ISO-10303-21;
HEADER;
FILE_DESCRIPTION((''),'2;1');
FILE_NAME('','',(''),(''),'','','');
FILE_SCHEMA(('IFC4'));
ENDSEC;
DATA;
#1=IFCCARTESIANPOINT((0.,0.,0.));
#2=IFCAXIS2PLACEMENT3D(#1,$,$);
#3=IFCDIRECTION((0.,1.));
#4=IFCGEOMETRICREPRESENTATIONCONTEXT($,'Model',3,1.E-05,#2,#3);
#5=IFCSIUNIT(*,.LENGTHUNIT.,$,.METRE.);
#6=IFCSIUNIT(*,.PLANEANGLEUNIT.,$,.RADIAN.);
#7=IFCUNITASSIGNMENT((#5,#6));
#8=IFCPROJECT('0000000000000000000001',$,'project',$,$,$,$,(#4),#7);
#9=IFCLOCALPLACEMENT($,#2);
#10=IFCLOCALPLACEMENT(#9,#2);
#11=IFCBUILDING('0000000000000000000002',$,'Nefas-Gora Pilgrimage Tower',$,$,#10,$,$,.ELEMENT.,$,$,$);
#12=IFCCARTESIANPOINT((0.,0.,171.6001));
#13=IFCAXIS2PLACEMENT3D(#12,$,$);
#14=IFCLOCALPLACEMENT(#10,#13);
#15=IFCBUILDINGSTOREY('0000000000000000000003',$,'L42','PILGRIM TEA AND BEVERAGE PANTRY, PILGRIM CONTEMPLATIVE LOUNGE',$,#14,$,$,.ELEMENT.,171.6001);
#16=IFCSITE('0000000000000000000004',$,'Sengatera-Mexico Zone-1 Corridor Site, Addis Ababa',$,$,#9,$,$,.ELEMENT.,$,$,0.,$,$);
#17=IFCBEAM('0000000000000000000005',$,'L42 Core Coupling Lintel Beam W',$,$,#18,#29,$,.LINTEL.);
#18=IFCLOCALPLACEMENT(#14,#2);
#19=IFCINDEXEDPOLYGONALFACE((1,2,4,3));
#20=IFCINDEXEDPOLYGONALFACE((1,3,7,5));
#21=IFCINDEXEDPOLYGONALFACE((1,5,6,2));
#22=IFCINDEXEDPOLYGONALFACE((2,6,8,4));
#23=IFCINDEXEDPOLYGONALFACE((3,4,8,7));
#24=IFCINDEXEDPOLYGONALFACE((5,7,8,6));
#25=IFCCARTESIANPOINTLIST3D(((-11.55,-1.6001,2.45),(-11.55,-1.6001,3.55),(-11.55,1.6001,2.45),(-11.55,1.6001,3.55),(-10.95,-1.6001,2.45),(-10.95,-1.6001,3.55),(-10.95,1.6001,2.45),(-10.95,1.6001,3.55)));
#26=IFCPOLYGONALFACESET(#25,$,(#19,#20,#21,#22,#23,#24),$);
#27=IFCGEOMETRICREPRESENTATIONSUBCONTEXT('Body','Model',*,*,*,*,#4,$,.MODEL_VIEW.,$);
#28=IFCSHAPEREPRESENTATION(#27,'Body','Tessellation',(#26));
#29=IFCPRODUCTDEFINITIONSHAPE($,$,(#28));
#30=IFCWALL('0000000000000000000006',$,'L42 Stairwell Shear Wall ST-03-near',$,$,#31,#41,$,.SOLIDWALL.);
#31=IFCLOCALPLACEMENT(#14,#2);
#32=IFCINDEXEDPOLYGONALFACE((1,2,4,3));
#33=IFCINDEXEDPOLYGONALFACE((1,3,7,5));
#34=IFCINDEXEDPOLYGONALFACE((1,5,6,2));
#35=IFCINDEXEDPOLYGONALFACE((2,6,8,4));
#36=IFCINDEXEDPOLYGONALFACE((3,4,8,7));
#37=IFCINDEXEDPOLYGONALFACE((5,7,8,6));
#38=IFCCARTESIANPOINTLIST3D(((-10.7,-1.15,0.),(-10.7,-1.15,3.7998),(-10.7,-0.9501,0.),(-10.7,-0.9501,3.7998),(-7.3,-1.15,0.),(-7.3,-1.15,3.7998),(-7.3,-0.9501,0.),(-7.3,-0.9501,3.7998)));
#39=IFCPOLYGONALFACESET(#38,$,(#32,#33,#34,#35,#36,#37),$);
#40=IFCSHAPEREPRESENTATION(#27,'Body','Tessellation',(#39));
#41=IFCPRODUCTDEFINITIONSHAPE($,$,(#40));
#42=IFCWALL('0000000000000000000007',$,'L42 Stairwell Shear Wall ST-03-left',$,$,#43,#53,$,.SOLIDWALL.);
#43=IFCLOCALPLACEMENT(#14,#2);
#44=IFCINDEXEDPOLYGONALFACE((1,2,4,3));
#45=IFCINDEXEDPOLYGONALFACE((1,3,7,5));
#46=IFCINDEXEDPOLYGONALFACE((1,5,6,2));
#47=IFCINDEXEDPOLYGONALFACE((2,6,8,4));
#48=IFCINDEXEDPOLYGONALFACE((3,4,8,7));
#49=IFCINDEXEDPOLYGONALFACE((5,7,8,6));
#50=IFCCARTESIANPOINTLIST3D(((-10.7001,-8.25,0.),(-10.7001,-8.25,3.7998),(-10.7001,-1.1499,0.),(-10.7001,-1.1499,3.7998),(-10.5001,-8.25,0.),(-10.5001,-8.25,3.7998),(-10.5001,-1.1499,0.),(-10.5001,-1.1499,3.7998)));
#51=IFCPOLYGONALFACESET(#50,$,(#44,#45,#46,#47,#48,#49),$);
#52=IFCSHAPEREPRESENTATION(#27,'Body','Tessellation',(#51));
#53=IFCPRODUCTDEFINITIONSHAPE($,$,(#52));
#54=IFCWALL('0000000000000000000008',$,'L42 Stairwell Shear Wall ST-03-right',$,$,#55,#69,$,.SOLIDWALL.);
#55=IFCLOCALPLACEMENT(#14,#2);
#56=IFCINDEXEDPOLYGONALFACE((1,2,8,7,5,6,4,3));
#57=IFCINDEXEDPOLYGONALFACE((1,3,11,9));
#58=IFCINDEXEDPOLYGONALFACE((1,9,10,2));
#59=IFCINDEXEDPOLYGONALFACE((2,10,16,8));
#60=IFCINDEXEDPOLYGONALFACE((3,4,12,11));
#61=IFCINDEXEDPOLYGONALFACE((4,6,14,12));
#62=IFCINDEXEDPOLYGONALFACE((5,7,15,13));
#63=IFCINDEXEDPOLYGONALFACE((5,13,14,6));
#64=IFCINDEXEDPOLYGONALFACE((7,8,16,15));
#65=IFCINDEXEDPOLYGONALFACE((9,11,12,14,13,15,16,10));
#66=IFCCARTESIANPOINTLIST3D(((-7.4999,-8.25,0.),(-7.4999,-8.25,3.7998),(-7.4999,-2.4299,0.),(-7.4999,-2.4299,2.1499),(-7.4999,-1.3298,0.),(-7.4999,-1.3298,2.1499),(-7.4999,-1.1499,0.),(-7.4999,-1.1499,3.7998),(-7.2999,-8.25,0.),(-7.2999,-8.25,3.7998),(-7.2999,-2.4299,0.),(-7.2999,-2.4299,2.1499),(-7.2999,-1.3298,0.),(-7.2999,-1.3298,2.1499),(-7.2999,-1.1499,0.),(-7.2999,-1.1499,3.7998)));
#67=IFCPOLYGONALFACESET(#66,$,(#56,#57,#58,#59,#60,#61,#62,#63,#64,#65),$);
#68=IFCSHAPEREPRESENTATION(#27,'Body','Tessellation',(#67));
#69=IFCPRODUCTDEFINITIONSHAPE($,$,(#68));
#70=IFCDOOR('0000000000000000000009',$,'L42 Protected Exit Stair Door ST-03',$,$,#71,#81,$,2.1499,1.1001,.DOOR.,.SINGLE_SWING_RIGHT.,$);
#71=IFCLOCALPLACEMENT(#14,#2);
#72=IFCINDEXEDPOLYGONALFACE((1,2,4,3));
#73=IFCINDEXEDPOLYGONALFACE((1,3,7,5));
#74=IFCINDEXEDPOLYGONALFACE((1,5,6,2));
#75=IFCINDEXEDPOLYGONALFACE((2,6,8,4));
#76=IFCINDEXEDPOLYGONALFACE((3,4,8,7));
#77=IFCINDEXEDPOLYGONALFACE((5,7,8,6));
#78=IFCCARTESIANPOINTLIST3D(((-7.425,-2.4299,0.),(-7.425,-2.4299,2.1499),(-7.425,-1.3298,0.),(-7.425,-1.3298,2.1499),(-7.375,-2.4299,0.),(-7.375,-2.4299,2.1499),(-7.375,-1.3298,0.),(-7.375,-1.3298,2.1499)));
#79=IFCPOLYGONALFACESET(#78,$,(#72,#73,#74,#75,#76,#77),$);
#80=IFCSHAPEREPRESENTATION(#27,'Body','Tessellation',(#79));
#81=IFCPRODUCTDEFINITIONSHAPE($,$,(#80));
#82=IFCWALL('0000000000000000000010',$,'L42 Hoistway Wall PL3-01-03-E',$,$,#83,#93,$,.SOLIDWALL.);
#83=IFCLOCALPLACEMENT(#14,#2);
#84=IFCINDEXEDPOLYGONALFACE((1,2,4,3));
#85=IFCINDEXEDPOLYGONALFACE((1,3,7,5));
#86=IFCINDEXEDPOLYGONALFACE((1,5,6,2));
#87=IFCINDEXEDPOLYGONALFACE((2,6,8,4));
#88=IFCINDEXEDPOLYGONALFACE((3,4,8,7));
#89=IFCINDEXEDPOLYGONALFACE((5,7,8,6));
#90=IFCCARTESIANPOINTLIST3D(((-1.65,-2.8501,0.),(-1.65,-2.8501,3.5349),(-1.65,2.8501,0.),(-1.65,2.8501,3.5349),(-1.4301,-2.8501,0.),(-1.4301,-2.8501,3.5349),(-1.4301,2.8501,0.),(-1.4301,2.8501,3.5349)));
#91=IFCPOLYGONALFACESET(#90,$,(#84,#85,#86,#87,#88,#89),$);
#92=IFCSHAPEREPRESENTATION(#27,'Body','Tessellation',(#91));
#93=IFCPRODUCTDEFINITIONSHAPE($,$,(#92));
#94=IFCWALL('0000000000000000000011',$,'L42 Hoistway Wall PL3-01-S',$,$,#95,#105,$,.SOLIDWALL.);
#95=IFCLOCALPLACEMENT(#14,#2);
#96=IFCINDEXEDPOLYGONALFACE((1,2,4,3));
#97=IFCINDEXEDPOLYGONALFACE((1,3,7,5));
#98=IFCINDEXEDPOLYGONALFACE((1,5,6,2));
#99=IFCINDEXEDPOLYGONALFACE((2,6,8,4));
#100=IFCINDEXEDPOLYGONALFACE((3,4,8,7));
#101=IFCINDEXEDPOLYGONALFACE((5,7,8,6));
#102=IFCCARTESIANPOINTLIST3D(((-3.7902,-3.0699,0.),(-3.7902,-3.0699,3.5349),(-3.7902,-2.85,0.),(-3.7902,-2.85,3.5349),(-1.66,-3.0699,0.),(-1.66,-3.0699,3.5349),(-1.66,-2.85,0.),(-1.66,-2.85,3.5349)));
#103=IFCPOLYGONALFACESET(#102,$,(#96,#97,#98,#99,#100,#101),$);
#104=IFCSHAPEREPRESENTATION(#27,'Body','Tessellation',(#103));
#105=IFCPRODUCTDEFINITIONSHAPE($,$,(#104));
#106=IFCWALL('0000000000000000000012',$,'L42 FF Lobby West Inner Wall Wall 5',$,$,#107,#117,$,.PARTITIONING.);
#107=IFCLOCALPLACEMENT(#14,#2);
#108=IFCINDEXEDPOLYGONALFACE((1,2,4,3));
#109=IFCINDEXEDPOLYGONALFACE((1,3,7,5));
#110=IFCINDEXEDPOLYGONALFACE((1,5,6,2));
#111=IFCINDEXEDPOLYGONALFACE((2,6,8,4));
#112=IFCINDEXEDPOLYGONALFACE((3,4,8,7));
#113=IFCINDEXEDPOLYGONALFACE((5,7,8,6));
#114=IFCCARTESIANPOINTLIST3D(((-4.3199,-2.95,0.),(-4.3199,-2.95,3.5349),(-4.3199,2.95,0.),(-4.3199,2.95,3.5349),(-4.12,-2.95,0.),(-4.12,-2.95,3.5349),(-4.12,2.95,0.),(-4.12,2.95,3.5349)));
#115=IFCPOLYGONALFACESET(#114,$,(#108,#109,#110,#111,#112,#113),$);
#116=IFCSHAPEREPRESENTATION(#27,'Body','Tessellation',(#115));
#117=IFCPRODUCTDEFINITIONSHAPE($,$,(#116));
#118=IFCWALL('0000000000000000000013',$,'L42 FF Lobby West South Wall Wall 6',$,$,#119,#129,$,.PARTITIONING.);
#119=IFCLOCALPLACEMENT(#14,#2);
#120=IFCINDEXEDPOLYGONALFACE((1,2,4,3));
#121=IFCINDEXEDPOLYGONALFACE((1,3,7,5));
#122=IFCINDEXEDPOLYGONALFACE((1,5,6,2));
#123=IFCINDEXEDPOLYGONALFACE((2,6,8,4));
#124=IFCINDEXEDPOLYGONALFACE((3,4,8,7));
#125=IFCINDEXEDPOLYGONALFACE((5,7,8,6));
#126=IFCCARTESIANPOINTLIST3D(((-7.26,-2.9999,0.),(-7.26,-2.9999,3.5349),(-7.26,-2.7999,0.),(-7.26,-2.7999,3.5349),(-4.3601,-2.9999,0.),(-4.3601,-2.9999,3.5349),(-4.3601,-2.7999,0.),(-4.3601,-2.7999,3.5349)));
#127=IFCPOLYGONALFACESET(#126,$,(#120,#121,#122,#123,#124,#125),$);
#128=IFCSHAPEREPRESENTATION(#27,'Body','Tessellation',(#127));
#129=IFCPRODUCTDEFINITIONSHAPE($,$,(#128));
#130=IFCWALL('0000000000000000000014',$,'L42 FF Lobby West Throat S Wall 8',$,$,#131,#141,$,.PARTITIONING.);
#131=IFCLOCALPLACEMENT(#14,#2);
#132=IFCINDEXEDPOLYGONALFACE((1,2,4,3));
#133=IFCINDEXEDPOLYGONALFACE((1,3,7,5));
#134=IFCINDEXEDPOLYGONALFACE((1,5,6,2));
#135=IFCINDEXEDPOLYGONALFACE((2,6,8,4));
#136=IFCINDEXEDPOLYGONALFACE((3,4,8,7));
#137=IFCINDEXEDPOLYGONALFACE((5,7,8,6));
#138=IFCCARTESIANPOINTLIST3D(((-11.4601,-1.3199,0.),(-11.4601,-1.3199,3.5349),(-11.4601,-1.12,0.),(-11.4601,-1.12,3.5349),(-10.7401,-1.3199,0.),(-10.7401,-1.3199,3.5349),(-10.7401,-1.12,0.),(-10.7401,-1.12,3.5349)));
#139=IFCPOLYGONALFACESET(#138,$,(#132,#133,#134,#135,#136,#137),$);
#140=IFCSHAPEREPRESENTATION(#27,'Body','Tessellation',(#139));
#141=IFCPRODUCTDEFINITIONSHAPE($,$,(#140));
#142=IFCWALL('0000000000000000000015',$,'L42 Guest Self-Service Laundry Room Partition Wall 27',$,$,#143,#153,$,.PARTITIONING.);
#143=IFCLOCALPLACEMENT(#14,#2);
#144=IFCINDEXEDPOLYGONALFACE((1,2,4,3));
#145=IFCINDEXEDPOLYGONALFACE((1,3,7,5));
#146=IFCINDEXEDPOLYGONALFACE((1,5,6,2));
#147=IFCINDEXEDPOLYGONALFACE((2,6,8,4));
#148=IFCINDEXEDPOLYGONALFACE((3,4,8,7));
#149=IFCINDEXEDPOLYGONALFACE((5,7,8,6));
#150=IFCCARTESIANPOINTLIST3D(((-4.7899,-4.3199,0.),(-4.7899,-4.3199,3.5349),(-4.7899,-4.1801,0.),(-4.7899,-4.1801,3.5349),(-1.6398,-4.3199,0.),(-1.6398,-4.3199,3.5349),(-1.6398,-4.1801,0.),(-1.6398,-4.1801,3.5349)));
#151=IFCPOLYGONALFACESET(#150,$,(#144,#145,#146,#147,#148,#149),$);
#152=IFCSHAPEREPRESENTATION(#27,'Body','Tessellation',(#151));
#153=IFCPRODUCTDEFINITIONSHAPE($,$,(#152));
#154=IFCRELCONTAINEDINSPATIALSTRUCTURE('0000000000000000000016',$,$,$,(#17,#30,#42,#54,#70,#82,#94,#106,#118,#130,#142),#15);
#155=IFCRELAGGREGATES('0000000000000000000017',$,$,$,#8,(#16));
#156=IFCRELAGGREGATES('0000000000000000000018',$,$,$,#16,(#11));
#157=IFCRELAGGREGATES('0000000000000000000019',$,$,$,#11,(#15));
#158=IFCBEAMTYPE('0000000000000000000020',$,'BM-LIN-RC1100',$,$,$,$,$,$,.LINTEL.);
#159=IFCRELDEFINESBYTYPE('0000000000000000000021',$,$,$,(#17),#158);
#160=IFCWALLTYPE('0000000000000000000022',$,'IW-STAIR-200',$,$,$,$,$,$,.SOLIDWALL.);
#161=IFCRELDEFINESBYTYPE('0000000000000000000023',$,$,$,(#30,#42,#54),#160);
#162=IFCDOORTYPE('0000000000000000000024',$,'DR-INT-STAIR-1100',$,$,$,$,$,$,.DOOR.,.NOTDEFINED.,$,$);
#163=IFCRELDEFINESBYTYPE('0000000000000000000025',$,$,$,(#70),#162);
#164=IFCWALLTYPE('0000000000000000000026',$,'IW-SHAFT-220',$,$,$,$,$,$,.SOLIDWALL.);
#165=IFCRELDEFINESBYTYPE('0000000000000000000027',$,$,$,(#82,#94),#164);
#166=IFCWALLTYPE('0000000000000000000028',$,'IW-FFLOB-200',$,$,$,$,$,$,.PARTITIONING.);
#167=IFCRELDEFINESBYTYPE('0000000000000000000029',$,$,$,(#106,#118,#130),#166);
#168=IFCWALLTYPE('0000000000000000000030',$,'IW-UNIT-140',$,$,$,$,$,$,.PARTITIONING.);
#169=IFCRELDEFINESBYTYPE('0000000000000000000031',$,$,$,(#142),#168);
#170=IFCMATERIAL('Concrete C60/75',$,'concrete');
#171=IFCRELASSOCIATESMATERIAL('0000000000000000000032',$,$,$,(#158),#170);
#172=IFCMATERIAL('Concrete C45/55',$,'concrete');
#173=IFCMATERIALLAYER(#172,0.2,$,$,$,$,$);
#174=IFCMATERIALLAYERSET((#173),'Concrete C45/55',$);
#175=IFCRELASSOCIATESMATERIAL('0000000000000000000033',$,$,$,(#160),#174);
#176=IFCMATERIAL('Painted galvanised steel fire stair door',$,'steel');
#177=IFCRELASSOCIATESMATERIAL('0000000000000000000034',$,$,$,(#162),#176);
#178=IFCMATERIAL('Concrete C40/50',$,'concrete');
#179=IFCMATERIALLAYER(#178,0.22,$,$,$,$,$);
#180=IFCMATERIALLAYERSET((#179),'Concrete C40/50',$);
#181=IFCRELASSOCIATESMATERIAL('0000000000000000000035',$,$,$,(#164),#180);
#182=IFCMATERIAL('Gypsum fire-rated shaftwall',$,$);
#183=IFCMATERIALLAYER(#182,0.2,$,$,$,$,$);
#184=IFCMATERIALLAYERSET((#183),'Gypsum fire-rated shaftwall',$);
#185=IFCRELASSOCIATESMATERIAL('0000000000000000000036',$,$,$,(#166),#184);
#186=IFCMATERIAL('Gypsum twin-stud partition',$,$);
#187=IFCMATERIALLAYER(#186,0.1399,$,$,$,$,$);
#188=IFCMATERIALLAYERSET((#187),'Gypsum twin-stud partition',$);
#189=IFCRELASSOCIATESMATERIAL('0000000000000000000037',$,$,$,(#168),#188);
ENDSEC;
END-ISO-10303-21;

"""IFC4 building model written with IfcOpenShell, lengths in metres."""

from ifc_helpers import new_model, si_unit, direction, frame, frame_2d, origin, origin_2d, place, context, subcontext, project, spatial, rectangle, extrude, source, transform, mapped, material, layer, layer_set, material_profile, profile_set, type_object, element, fill, save


model = new_model("IFC4")

# Units and contexts
model_context = context("Model", 3, precision=1e-05, world=origin(), true_north=direction((0.0, 1.0)))
body_context = subcontext(model_context, "Body", "Model", "MODEL_VIEW")
ifc_project = project(units=[si_unit("LENGTHUNIT", "METRE"), si_unit("PLANEANGLEUNIT", "RADIAN")], contexts=[model_context])

# Site, building, storey
site_placement = place(None, origin())
site = spatial("IfcSite", under=ifc_project, at=site_placement, Name="Sengatera-Mexico Zone-1 Corridor Site, Addis Ababa", CompositionType="ELEMENT", RefElevation=0.0)
building_placement = place(site_placement, origin())
building = spatial("IfcBuilding", under=site, at=building_placement, Name="Nefas-Gora Pilgrimage Tower", CompositionType="ELEMENT")
storey_placement = place(building_placement, frame((0.0, 0.0, 171.6001)))
storey = spatial("IfcBuildingStorey", under=building, at=storey_placement, Name="L42", Description="PILGRIM TEA AND BEVERAGE PANTRY, PILGRIM CONTEMPLATIVE LOUNGE", CompositionType="ELEMENT", Elevation=171.6001)

# Beam
ifc_material_1 = material(Name="Concrete C60/75", Category="concrete")
ifc_material_profile = material_profile(ifc_material_1, rectangle(XDim=0.6001, YDim=1.1001, at=origin_2d()), Name="RC 600x1100")
ifc_profile_set = profile_set([ifc_material_profile], Name="Concrete C60/75")
beam_type = type_object("IfcBeamType", Name="BM-LIN-RC1100", PredefinedType="LINTEL", material=ifc_profile_set)
shared_shape_1 = source(origin(), body_context, "Body", "SweptSolid", [
    extrude(rectangle(XDim=0.6001, YDim=1.1001, at=origin_2d()), origin(), (0.0, 0.0, 1.0), 3.2002),
])
beam_placement = place(storey_placement, frame((-11.25, -1.6001, 3.0), z_axis=(0.0, 1.0, 0.0), x_axis=(-1.0, 0.0, 0.0)))
element("IfcBeam", 1, at=beam_placement, inside=storey, type_object=beam_type, Name="L42 Core Coupling Lintel Beam W", PredefinedType="LINTEL", context=body_context, shape_type="MappedRepresentation", body=[
    mapped(shared_shape_1, transform((0.0, 0.0, 0.0), x_axis=(1.0, 0.0, 0.0), y_axis=(0.0, 1.0, 0.0), z_axis=(0.0, 0.0, 1.0), scale=1.0)),
])

# Walls
ifc_material_2 = material(Name="Concrete C45/55", Category="concrete")
ifc_layer_1 = layer(ifc_material_2, 0.2)
ifc_layer_set_1 = layer_set([ifc_layer_1], Name="Concrete C45/55")
wall_type_1 = type_object("IfcWallType", Name="IW-STAIR-200", PredefinedType="SOLIDWALL", material=ifc_layer_set_1)
shared_shape_2 = source(origin(), body_context, "Body", "SweptSolid", [
    extrude(rectangle(XDim=3.3999, YDim=0.2, at=frame_2d((1.7, 0.0))), origin(), (0.0, 0.0, 1.0), 3.7998),
])
wall_1_placement = place(storey_placement, frame((-10.7, -1.05, 0.0), z_axis=(0.0, 0.0, 1.0), x_axis=(1.0, 0.0, 0.0)))
element("IfcWall", 2, at=wall_1_placement, inside=storey, type_object=wall_type_1, Name="L42 Stairwell Shear Wall ST-03-near", PredefinedType="SOLIDWALL", context=body_context, shape_type="MappedRepresentation", body=[
    mapped(shared_shape_2, transform((0.0, 0.0, 0.0), x_axis=(1.0, 0.0, 0.0), y_axis=(0.0, 1.0, 0.0), z_axis=(0.0, 0.0, 1.0), scale=1.0)),
])
shared_shape_3 = source(origin(), body_context, "Body", "SweptSolid", [
    extrude(rectangle(XDim=7.1001, YDim=0.2, at=frame_2d((3.55, 0.0))), origin(), (0.0, 0.0, 1.0), 3.7998),
])
wall_2_placement = place(storey_placement, frame((-10.6001, -1.1499, 0.0), z_axis=(0.0, 0.0, 1.0), x_axis=(0.0, -1.0, 0.0)))
element("IfcWall", 3, at=wall_2_placement, inside=storey, type_object=wall_type_1, Name="L42 Stairwell Shear Wall ST-03-left", PredefinedType="SOLIDWALL", context=body_context, shape_type="MappedRepresentation", body=[
    mapped(shared_shape_3, transform((0.0, 0.0, 0.0), x_axis=(1.0, 0.0, 0.0), y_axis=(0.0, 1.0, 0.0), z_axis=(0.0, 0.0, 1.0), scale=1.0)),
])

# Wall, opening, door
wall_3_placement = place(storey_placement, frame((-7.3999, -1.1499, 0.0), z_axis=(0.0, 0.0, 1.0), x_axis=(0.0, -1.0, 0.0)))
wall_3 = element("IfcWall", 4, at=wall_3_placement, inside=storey, type_object=wall_type_1, Name="L42 Stairwell Shear Wall ST-03-right", PredefinedType="SOLIDWALL", context=body_context, shape_type="MappedRepresentation", body=[
    mapped(shared_shape_3, transform((0.0, 0.0, 0.0), x_axis=(1.0, 0.0, 0.0), y_axis=(0.0, 1.0, 0.0), z_axis=(0.0, 0.0, 1.0), scale=1.0)),
])
opening_placement = place(wall_3_placement, frame((0.1799, 0.0, 0.0)))
opening = element("IfcOpeningElement", 5, at=opening_placement, cuts=wall_3, PredefinedType="OPENING", context=body_context, shape_type="SweptSolid", body=[
    extrude(rectangle(XDim=1.1001, YDim=2.1499, at=frame_2d((0.55, 1.075))), frame((0.0, 0.1099, 0.0), z_axis=(0.0, -1.0, 0.0), x_axis=(1.0, 0.0, 0.0)), (0.0, 0.0, 1.0), 0.22),
])
ifc_material_3 = material(Name="Painted galvanised steel fire stair door", Category="steel")
door_type = type_object("IfcDoorType", Name="DR-INT-STAIR-1100", OperationType="NOTDEFINED", PredefinedType="DOOR", material=ifc_material_3)
shared_shape_4 = source(origin(), body_context, "Body", "SweptSolid", [
    extrude(rectangle(XDim=1.1001, YDim=2.1499, at=frame_2d((0.55, 1.075))), frame((0.0, 0.0249, 0.0), z_axis=(0.0, -1.0, 0.0), x_axis=(1.0, 0.0, 0.0)), (0.0, 0.0, 1.0), 0.05),
])
door_placement = place(opening_placement, origin())
door = element("IfcDoor", 6, at=door_placement, inside=storey, type_object=door_type, Name="L42 Protected Exit Stair Door ST-03", OperationType="SINGLE_SWING_RIGHT", OverallHeight=2.1499, OverallWidth=1.1001, PredefinedType="DOOR", context=body_context, shape_type="MappedRepresentation", body=[
    mapped(shared_shape_4, transform((0.0, 0.0, 0.0), x_axis=(1.0, 0.0, 0.0), y_axis=(0.0, 1.0, 0.0), z_axis=(0.0, 0.0, 1.0), scale=1.0)),
])
fill(opening, door)

# Walls
ifc_material_4 = material(Name="Concrete C40/50", Category="concrete")
ifc_layer_2 = layer(ifc_material_4, 0.22)
ifc_layer_set_2 = layer_set([ifc_layer_2], Name="Concrete C40/50")
wall_type_2 = type_object("IfcWallType", Name="IW-SHAFT-220", PredefinedType="SOLIDWALL", material=ifc_layer_set_2)
shared_shape_5 = source(origin(), body_context, "Body", "SweptSolid", [
    extrude(rectangle(XDim=5.7002, YDim=0.22, at=frame_2d((2.8501, 0.0))), origin(), (0.0, 0.0, 1.0), 3.5349),
])
wall_4_placement = place(storey_placement, frame((-1.54, -2.8501, 0.0), z_axis=(0.0, 0.0, 1.0), x_axis=(0.0, 1.0, 0.0)))
element("IfcWall", 7, at=wall_4_placement, inside=storey, type_object=wall_type_2, Name="L42 Hoistway Wall PL3-01-03-E", PredefinedType="SOLIDWALL", context=body_context, shape_type="MappedRepresentation", body=[
    mapped(shared_shape_5, transform((0.0, 0.0, 0.0), x_axis=(1.0, 0.0, 0.0), y_axis=(0.0, 1.0, 0.0), z_axis=(0.0, 0.0, 1.0), scale=1.0)),
])
shared_shape_6 = source(origin(), body_context, "Body", "SweptSolid", [
    extrude(rectangle(XDim=2.1301, YDim=0.22, at=frame_2d((1.0649, 0.0))), origin(), (0.0, 0.0, 1.0), 3.5349),
])
wall_5_placement = place(storey_placement, frame((-3.79, -2.96, 0.0), z_axis=(0.0, 0.0, 1.0), x_axis=(1.0, 0.0, 0.0)))
element("IfcWall", 8, at=wall_5_placement, inside=storey, type_object=wall_type_2, Name="L42 Hoistway Wall PL3-01-S", PredefinedType="SOLIDWALL", context=body_context, shape_type="MappedRepresentation", body=[
    mapped(shared_shape_6, transform((0.0, 0.0, 0.0), x_axis=(1.0, 0.0, 0.0), y_axis=(0.0, 1.0, 0.0), z_axis=(0.0, 0.0, 1.0), scale=1.0)),
])
ifc_material_5 = material(Name="Gypsum fire-rated shaftwall")
ifc_layer_3 = layer(ifc_material_5, 0.2)
ifc_layer_set_3 = layer_set([ifc_layer_3], Name="Gypsum fire-rated shaftwall")
wall_type_3 = type_object("IfcWallType", Name="IW-FFLOB-200", PredefinedType="PARTITIONING", material=ifc_layer_set_3)
shared_shape_7 = source(origin(), body_context, "Body", "SweptSolid", [
    extrude(rectangle(XDim=5.8999, YDim=0.2, at=frame_2d((2.95, 0.0))), origin(), (0.0, 0.0, 1.0), 3.5349),
])
wall_6_placement = place(storey_placement, frame((-4.22, -2.95, 0.0), z_axis=(0.0, 0.0, 1.0), x_axis=(0.0, 1.0, 0.0)))
element("IfcWall", 9, at=wall_6_placement, inside=storey, type_object=wall_type_3, Name="L42 FF Lobby West Inner Wall Wall 5", PredefinedType="PARTITIONING", context=body_context, shape_type="MappedRepresentation", body=[
    mapped(shared_shape_7, transform((0.0, 0.0, 0.0), x_axis=(1.0, 0.0, 0.0), y_axis=(0.0, 1.0, 0.0), z_axis=(0.0, 0.0, 1.0), scale=1.0)),
])
shared_shape_8 = source(origin(), body_context, "Body", "SweptSolid", [
    extrude(rectangle(XDim=2.8999, YDim=0.2, at=frame_2d((1.45, 0.0))), origin(), (0.0, 0.0, 1.0), 3.5349),
])
wall_7_placement = place(storey_placement, frame((-7.26, -2.8999, 0.0), z_axis=(0.0, 0.0, 1.0), x_axis=(1.0, 0.0, 0.0)))
element("IfcWall", 10, at=wall_7_placement, inside=storey, type_object=wall_type_3, Name="L42 FF Lobby West South Wall Wall 6", PredefinedType="PARTITIONING", context=body_context, shape_type="MappedRepresentation", body=[
    mapped(shared_shape_8, transform((0.0, 0.0, 0.0), x_axis=(1.0, 0.0, 0.0), y_axis=(0.0, 1.0, 0.0), z_axis=(0.0, 0.0, 1.0), scale=1.0)),
])
shared_shape_9 = source(origin(), body_context, "Body", "SweptSolid", [
    extrude(rectangle(XDim=0.72, YDim=0.2, at=frame_2d((0.3599, 0.0))), origin(), (0.0, 0.0, 1.0), 3.5349),
])
wall_8_placement = place(storey_placement, frame((-11.46, -1.22, 0.0), z_axis=(0.0, 0.0, 1.0), x_axis=(1.0, 0.0, 0.0)))
element("IfcWall", 11, at=wall_8_placement, inside=storey, type_object=wall_type_3, Name="L42 FF Lobby West Throat S Wall 8", PredefinedType="PARTITIONING", context=body_context, shape_type="MappedRepresentation", body=[
    mapped(shared_shape_9, transform((0.0, 0.0, 0.0), x_axis=(1.0, 0.0, 0.0), y_axis=(0.0, 1.0, 0.0), z_axis=(0.0, 0.0, 1.0), scale=1.0)),
])
ifc_material_6 = material(Name="Gypsum twin-stud partition")
ifc_layer_4 = layer(ifc_material_6, 0.1399)
ifc_layer_set_4 = layer_set([ifc_layer_4], Name="Gypsum twin-stud partition")
wall_type_4 = type_object("IfcWallType", Name="IW-UNIT-140", PredefinedType="PARTITIONING", material=ifc_layer_set_4)
shared_shape_10 = source(origin(), body_context, "Body", "SweptSolid", [
    extrude(rectangle(XDim=3.1501, YDim=0.1399, at=frame_2d((1.5752, 0.0))), origin(), (0.0, 0.0, 1.0), 3.5349),
])
wall_9_placement = place(storey_placement, frame((-4.79, -4.25, 0.0), z_axis=(0.0, 0.0, 1.0), x_axis=(1.0, 0.0, 0.0)))
element("IfcWall", 12, at=wall_9_placement, inside=storey, type_object=wall_type_4, Name="L42 Guest Self-Service Laundry Room Partition Wall 27", PredefinedType="PARTITIONING", context=body_context, shape_type="MappedRepresentation", body=[
    mapped(shared_shape_10, transform((0.0, 0.0, 0.0), x_axis=(1.0, 0.0, 0.0), y_axis=(0.0, 1.0, 0.0), z_axis=(0.0, 0.0, 1.0), scale=1.0)),
])

save(model, "model.ifc")
